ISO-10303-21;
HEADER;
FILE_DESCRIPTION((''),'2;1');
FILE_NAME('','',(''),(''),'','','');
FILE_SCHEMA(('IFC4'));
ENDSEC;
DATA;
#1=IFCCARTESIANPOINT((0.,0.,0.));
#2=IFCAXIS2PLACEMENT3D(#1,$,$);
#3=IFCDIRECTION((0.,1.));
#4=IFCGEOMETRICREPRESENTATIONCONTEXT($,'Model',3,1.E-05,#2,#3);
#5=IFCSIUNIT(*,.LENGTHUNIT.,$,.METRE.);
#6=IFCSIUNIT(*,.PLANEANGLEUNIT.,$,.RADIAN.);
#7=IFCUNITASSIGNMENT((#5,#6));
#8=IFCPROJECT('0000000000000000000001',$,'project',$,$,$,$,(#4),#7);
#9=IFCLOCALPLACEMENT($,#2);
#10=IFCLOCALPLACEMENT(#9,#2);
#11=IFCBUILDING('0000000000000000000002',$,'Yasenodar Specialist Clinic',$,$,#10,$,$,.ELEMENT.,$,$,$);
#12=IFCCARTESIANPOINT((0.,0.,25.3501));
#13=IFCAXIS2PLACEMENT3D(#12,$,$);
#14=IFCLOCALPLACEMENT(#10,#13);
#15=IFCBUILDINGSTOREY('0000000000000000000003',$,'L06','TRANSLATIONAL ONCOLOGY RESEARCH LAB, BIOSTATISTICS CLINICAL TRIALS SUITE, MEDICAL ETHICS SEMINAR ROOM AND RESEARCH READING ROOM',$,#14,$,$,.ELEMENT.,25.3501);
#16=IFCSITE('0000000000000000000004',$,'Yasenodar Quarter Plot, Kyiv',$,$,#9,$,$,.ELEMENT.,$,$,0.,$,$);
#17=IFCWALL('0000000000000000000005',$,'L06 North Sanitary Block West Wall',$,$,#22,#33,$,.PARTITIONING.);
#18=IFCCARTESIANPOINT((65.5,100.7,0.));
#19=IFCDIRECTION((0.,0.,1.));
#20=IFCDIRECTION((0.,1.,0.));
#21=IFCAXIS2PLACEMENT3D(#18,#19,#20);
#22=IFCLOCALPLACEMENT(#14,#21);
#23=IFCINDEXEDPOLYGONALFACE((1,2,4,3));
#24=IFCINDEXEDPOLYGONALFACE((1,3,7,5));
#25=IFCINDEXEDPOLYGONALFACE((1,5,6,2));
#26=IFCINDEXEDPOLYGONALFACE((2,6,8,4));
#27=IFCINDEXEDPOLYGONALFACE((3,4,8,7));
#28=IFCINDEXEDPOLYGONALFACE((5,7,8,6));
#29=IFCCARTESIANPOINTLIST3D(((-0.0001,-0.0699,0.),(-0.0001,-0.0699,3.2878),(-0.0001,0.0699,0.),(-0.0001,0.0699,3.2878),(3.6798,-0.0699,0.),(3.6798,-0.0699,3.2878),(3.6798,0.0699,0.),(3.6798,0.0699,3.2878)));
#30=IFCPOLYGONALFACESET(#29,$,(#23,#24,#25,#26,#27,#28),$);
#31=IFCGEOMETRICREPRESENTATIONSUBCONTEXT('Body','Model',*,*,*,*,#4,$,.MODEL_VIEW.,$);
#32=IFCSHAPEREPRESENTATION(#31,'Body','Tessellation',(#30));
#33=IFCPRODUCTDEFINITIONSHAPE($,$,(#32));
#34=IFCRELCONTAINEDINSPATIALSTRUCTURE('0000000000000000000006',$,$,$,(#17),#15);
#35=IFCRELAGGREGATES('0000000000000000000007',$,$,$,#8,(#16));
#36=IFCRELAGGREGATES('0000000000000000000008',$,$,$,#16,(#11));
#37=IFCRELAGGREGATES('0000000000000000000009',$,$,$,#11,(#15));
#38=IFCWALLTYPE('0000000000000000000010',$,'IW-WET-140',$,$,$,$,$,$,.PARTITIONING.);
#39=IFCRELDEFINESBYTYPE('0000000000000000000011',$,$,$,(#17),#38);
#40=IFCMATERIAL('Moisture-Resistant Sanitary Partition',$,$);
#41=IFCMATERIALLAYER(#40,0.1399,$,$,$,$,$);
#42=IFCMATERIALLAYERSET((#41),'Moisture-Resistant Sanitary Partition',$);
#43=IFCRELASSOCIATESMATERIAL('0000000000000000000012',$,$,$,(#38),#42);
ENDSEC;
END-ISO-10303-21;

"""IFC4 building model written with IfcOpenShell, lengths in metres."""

from ifc_helpers import new_model, si_unit, direction, frame, frame_2d, origin, place, context, subcontext, project, spatial, rectangle, extrude, material, layer, layer_set, type_object, element, save


model = new_model("IFC4")

# Units and contexts
model_context = context("Model", 3, precision=1e-05, world=origin(), true_north=direction((0.0, 1.0)))
body_context = subcontext(model_context, "Body", "Model", "MODEL_VIEW")
ifc_project = project(units=[si_unit("LENGTHUNIT", "METRE"), si_unit("PLANEANGLEUNIT", "RADIAN")], contexts=[model_context])

# Site, building, storey
site_placement = place(None, origin())
site = spatial("IfcSite", under=ifc_project, at=site_placement, Name="Yasenodar Quarter Plot, Kyiv", CompositionType="ELEMENT", RefElevation=0.0)
building_placement = place(site_placement, origin())
building = spatial("IfcBuilding", under=site, at=building_placement, Name="Yasenodar Specialist Clinic", CompositionType="ELEMENT")
storey_placement = place(building_placement, frame((0.0, 0.0, 25.3501)))
storey = spatial("IfcBuildingStorey", under=building, at=storey_placement, Name="L06", Description="TRANSLATIONAL ONCOLOGY RESEARCH LAB, BIOSTATISTICS CLINICAL TRIALS SUITE, MEDICAL ETHICS SEMINAR ROOM AND RESEARCH READING ROOM", CompositionType="ELEMENT", Elevation=25.3501)

# Wall
ifc_material_1 = material(Name="Moisture-Resistant Sanitary Partition")
ifc_layer_1 = layer(ifc_material_1, 0.1399)
ifc_layer_set_1 = layer_set([ifc_layer_1], Name="Moisture-Resistant Sanitary Partition")
wall_type_1 = type_object("IfcWallType", Name="IW-WET-140", PredefinedType="PARTITIONING", material=ifc_layer_set_1)
wall_1_placement = place(storey_placement, frame((65.5, 100.7, 0.0), z_axis=(0.0, 0.0, 1.0), x_axis=(0.0, 1.0, 0.0)))
element("IfcWall", 1, at=wall_1_placement, inside=storey, type_object=wall_type_1, Name="L06 North Sanitary Block West Wall", PredefinedType="PARTITIONING", context=body_context, shape_type="SweptSolid", body=[
    extrude(rectangle(XDim=3.6799, YDim=0.1399, at=frame_2d((1.8398, 0.0))), origin(), (0.0, 0.0, 1.0), 3.2878),
])

save(model, "model.ifc")
